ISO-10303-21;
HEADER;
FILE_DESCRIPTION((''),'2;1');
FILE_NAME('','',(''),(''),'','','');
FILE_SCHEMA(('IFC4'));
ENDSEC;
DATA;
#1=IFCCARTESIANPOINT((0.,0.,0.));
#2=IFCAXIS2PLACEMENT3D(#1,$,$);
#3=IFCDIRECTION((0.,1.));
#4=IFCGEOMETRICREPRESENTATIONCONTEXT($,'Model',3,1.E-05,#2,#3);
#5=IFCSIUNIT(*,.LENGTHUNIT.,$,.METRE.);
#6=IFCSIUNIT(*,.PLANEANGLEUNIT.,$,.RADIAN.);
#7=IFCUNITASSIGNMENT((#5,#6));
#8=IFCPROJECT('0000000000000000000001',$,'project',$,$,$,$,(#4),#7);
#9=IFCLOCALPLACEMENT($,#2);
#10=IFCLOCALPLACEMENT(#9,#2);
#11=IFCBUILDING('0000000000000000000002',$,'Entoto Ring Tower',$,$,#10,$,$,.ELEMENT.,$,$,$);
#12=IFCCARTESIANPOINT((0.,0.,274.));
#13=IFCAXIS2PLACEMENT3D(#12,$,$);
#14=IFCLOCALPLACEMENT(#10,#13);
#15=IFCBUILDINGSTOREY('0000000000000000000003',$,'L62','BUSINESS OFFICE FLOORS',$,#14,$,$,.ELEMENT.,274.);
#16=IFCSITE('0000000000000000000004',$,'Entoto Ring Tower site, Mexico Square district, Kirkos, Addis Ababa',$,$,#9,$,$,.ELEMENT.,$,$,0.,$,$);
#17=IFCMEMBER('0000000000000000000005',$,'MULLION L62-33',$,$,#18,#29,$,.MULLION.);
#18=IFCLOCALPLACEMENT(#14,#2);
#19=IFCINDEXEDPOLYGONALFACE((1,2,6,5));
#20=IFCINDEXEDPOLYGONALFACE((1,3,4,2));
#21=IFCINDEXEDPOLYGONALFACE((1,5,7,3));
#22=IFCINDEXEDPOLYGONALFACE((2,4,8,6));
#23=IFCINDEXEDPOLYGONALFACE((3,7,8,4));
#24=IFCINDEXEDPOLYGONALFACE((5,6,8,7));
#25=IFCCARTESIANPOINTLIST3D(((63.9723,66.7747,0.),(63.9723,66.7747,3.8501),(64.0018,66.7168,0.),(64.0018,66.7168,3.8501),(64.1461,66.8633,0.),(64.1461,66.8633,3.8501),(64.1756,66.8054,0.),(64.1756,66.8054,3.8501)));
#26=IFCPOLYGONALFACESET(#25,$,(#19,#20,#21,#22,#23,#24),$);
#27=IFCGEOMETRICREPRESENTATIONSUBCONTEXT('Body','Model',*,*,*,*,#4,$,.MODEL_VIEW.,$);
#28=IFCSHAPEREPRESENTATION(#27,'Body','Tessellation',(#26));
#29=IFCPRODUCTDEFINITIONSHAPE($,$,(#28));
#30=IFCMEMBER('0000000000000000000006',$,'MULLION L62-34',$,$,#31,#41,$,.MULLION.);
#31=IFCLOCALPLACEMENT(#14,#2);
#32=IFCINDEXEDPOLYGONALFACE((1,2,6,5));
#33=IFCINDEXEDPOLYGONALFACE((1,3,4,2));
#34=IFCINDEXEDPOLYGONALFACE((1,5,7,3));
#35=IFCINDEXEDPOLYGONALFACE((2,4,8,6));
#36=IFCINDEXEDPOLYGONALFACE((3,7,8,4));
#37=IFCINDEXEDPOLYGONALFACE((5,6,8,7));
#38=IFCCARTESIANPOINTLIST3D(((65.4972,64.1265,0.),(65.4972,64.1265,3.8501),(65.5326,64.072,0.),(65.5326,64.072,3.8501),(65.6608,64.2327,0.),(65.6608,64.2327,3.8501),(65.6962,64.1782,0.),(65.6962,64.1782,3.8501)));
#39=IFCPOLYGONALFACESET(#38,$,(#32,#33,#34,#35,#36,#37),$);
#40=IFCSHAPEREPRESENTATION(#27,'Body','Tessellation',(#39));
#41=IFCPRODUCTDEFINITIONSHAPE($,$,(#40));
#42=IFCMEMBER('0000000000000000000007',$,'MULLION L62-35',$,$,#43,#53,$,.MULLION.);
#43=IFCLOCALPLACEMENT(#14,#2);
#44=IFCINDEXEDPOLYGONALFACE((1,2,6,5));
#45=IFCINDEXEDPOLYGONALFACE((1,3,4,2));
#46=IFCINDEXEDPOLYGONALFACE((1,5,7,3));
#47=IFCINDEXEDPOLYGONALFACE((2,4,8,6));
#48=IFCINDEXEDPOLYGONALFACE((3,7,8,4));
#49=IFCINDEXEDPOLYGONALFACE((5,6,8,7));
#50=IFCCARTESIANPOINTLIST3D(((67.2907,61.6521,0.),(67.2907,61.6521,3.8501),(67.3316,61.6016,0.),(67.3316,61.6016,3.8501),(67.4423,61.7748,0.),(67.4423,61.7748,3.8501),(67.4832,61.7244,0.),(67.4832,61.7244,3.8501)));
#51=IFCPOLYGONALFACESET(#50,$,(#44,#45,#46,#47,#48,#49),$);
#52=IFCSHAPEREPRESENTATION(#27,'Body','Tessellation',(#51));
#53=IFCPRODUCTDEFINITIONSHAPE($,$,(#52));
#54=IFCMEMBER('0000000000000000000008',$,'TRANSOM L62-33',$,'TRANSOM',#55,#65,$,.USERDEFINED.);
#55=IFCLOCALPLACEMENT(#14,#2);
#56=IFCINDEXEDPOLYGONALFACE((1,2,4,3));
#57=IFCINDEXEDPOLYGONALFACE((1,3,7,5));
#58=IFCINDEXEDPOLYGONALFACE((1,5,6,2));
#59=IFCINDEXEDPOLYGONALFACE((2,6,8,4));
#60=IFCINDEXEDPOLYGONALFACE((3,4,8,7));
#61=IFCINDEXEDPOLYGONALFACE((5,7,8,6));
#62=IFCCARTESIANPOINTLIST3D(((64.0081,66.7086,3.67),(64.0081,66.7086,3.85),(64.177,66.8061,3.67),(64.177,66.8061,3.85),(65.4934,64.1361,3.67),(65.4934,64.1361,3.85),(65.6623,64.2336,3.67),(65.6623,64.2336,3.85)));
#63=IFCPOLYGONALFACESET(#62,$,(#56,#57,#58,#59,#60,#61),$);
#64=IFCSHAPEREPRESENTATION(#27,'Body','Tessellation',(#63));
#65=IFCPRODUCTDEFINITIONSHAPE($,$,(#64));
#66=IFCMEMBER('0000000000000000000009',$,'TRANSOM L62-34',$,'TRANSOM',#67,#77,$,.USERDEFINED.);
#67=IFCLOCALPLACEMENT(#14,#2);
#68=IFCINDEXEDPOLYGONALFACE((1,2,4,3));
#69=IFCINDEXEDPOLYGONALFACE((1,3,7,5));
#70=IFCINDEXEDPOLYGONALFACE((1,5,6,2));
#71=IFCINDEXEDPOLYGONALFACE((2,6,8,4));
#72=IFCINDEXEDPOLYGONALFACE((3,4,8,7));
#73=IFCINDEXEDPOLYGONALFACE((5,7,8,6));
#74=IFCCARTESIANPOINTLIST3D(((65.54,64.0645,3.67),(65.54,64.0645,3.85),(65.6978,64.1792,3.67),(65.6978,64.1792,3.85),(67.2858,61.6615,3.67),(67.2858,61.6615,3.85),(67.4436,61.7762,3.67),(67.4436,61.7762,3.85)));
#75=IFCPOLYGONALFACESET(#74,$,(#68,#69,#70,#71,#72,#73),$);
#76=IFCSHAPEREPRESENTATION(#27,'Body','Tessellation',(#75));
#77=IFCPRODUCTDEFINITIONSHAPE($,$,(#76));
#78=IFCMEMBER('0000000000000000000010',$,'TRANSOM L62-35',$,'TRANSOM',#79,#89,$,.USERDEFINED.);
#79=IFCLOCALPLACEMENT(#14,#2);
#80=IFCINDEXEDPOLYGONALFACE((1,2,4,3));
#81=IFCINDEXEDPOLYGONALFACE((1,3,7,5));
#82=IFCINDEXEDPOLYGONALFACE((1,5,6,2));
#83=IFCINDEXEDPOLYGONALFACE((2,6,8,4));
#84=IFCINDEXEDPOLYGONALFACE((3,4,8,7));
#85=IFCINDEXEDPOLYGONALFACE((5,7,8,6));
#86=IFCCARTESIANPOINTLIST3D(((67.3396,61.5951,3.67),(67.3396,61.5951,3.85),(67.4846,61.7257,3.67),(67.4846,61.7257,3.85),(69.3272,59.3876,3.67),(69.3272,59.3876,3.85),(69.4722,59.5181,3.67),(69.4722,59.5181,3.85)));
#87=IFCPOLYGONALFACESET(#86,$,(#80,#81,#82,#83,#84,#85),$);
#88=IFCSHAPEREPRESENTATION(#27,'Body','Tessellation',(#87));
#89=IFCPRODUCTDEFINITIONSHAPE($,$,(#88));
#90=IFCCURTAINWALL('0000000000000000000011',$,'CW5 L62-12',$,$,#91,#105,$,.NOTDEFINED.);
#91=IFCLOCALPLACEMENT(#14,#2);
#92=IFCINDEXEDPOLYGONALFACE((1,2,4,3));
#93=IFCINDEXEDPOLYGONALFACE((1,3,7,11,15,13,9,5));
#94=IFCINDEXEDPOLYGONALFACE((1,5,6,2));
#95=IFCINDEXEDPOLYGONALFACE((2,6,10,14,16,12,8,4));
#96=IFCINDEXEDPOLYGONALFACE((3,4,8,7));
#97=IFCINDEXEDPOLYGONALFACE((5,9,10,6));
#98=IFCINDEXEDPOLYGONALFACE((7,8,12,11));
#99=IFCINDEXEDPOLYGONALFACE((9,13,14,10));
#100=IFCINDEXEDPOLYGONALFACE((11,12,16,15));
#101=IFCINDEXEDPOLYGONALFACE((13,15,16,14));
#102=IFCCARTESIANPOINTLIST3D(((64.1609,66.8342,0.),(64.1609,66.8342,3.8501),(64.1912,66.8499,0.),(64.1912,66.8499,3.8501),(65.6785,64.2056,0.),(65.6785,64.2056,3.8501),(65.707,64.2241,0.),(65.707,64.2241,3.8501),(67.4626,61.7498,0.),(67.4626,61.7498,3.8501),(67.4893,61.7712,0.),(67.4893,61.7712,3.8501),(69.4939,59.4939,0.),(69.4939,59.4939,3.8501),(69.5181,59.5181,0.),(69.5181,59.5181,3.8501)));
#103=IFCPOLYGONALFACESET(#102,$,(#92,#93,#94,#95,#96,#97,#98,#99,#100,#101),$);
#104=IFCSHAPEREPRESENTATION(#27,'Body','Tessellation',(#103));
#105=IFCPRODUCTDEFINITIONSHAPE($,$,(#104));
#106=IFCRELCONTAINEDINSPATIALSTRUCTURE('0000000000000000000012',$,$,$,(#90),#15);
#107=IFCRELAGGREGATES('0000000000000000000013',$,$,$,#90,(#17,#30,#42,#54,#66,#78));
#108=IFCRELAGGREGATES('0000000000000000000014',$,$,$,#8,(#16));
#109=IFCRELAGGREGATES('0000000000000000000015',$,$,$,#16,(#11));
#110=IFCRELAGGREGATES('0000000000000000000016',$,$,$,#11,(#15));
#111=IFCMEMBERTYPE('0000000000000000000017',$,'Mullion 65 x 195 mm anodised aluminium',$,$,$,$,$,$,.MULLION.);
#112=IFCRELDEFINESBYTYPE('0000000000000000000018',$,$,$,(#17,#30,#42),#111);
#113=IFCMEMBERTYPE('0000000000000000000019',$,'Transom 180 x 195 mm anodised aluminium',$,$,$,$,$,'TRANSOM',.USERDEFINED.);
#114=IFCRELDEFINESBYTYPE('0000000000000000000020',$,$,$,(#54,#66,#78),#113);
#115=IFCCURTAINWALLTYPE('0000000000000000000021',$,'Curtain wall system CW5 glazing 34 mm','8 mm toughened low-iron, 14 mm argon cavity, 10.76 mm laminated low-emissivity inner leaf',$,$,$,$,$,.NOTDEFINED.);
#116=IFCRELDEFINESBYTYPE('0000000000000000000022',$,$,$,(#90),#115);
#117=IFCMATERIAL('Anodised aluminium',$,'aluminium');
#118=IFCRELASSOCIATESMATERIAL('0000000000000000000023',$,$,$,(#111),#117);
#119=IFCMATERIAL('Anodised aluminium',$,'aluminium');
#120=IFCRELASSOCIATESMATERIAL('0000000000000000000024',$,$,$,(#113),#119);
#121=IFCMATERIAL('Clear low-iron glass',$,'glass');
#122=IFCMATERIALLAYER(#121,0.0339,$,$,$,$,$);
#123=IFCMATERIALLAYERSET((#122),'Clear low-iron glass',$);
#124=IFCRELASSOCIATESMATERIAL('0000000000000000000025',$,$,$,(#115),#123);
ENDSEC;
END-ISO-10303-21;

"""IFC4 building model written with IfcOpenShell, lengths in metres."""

from ifc_helpers import new_model, si_unit, direction, frame, origin, origin_2d, place, context, subcontext, project, spatial, polyline, rectangle, outline, extrude, material, layer, layer_set, material_profile, profile_set, type_object, element, aggregate, save


model = new_model("IFC4")

# Units and contexts
model_context = context("Model", 3, precision=1e-05, world=origin(), true_north=direction((0.0, 1.0)))
body_context = subcontext(model_context, "Body", "Model", "MODEL_VIEW")
ifc_project = project(units=[si_unit("LENGTHUNIT", "METRE"), si_unit("PLANEANGLEUNIT", "RADIAN")], contexts=[model_context])

# Members
ifc_material_1 = material(Name="Anodised aluminium", Category="aluminium")
ifc_material_profile_1 = material_profile(ifc_material_1, rectangle(XDim=0.0649, YDim=0.1951, at=origin_2d()), Name="Mullion 65 x 195 mm anodised aluminium")
ifc_profile_set_1 = profile_set([ifc_material_profile_1], Name="Anodised aluminium")
member_type_1 = type_object("IfcMemberType", Name="Mullion 65 x 195 mm anodised aluminium", PredefinedType="MULLION", material=ifc_profile_set_1)
site_placement = place(None, origin())
building_placement = place(site_placement, origin())
storey_placement = place(building_placement, frame((0.0, 0.0, 274.0)))
member_1_placement = place(storey_placement, frame((64.074, 66.79, 0.0), z_axis=(0.0, 0.0, 1.0), x_axis=(0.45399, -0.891007, 0.0)))
member_1 = element("IfcMember", 1, at=member_1_placement, type_object=member_type_1, Name="MULLION L62-33", PredefinedType="MULLION", context=body_context, shape_type="SweptSolid", body=[
    extrude(rectangle(XDim=0.0649, YDim=0.1951, at=origin_2d()), origin(), (0.0, 0.0, 1.0), 3.8501),
])
member_2_placement = place(storey_placement, frame((65.5967, 64.1523, 0.0), z_axis=(0.0, 0.0, 1.0), x_axis=(0.544639, -0.838671, 0.0)))
member_2 = element("IfcMember", 2, at=member_2_placement, type_object=member_type_1, Name="MULLION L62-34", PredefinedType="MULLION", context=body_context, shape_type="SweptSolid", body=[
    extrude(rectangle(XDim=0.0649, YDim=0.1951, at=origin_2d()), origin(), (0.0, 0.0, 1.0), 3.8501),
])
member_3_placement = place(storey_placement, frame((67.387, 61.6882, 0.0), z_axis=(0.0, 0.0, 1.0), x_axis=(0.62932, -0.777146, 0.0)))
member_3 = element("IfcMember", 3, at=member_3_placement, type_object=member_type_1, Name="MULLION L62-35", PredefinedType="MULLION", context=body_context, shape_type="SweptSolid", body=[
    extrude(rectangle(XDim=0.0649, YDim=0.1951, at=origin_2d()), origin(), (0.0, 0.0, 1.0), 3.8501),
])
ifc_material_2 = material(Name="Anodised aluminium", Category="aluminium")
ifc_material_profile_2 = material_profile(ifc_material_2, rectangle(XDim=0.1951, YDim=0.1799, at=origin_2d()), Name="Transom 180 x 195 mm anodised aluminium")
ifc_profile_set_2 = profile_set([ifc_material_profile_2], Name="Anodised aluminium")
member_type_2 = type_object("IfcMemberType", Name="Transom 180 x 195 mm anodised aluminium", ElementType="TRANSOM", PredefinedType="USERDEFINED", material=ifc_profile_set_2)
member_4_placement = place(storey_placement, frame((64.0925, 66.7573, 3.76), z_axis=(0.500028, -0.866009, 0.0), x_axis=(0.866009, 0.500028, 0.0)))
member_4 = element("IfcMember", 4, at=member_4_placement, type_object=member_type_2, Name="TRANSOM L62-33", ObjectType="TRANSOM", PredefinedType="USERDEFINED", context=body_context, shape_type="SweptSolid", body=[
    extrude(rectangle(XDim=0.1951, YDim=0.1799, at=origin_2d()), origin(), (0.0, 0.0, 1.0), 2.9705),
])
member_5_placement = place(storey_placement, frame((65.6189, 64.1218, 3.76), z_axis=(0.587766, -0.809031, 0.0), x_axis=(0.809031, 0.587766, 0.0)))
member_5 = element("IfcMember", 5, at=member_5_placement, type_object=member_type_2, Name="TRANSOM L62-34", ObjectType="TRANSOM", PredefinedType="USERDEFINED", context=body_context, shape_type="SweptSolid", body=[
    extrude(rectangle(XDim=0.1951, YDim=0.1799, at=origin_2d()), origin(), (0.0, 0.0, 1.0), 2.9702),
])
member_6_placement = place(storey_placement, frame((67.4121, 61.6604, 3.76), z_axis=(0.66911, -0.743163, 0.0), x_axis=(0.743163, 0.66911, 0.0)))
member_6 = element("IfcMember", 6, at=member_6_placement, type_object=member_type_2, Name="TRANSOM L62-35", ObjectType="TRANSOM", PredefinedType="USERDEFINED", context=body_context, shape_type="SweptSolid", body=[
    extrude(rectangle(XDim=0.1951, YDim=0.1799, at=origin_2d()), origin(), (0.0, 0.0, 1.0), 2.9705),
])

# Site, building, storey
site = spatial("IfcSite", under=ifc_project, at=site_placement, Name="Entoto Ring Tower site, Mexico Square district, Kirkos, Addis Ababa", CompositionType="ELEMENT", RefElevation=0.0)
building = spatial("IfcBuilding", under=site, at=building_placement, Name="Entoto Ring Tower", CompositionType="ELEMENT")
storey = spatial("IfcBuildingStorey", under=building, at=storey_placement, Name="L62", Description="BUSINESS OFFICE FLOORS", CompositionType="ELEMENT", Elevation=274.0)

# Curtain wall
ifc_material_3 = material(Name="Clear low-iron glass", Category="glass")
ifc_layer = layer(ifc_material_3, 0.0339)
ifc_layer_set = layer_set([ifc_layer], Name="Clear low-iron glass")
curtain_wall_type = type_object("IfcCurtainWallType", Name="Curtain wall system CW5 glazing 34 mm", Description="8 mm toughened low-iron, 14 mm argon cavity, 10.76 mm laminated low-emissivity inner leaf", PredefinedType="NOTDEFINED", material=ifc_layer_set)
curtain_wall_1_placement = place(storey_placement, origin())
curtain_wall_1 = element("IfcCurtainWall", 7, at=curtain_wall_1_placement, inside=storey, type_object=curtain_wall_type, Name="CW5 L62-12", PredefinedType="NOTDEFINED", context=body_context, shape_type="SweptSolid", body=[
    extrude(outline(polyline([(64.1609, 66.8342), (65.6785, 64.2056), (67.4626, 61.7498), (69.4939, 59.4939), (69.5181, 59.5181), (67.4893, 61.7712), (65.707, 64.2241), (64.1912, 66.8499), (64.1609, 66.8342)])), origin(), (0.0, 0.0, 1.0), 3.8501),
])
aggregate(curtain_wall_1, [member_1, member_2, member_3, member_4, member_5, member_6])

save(model, "model.ifc")
